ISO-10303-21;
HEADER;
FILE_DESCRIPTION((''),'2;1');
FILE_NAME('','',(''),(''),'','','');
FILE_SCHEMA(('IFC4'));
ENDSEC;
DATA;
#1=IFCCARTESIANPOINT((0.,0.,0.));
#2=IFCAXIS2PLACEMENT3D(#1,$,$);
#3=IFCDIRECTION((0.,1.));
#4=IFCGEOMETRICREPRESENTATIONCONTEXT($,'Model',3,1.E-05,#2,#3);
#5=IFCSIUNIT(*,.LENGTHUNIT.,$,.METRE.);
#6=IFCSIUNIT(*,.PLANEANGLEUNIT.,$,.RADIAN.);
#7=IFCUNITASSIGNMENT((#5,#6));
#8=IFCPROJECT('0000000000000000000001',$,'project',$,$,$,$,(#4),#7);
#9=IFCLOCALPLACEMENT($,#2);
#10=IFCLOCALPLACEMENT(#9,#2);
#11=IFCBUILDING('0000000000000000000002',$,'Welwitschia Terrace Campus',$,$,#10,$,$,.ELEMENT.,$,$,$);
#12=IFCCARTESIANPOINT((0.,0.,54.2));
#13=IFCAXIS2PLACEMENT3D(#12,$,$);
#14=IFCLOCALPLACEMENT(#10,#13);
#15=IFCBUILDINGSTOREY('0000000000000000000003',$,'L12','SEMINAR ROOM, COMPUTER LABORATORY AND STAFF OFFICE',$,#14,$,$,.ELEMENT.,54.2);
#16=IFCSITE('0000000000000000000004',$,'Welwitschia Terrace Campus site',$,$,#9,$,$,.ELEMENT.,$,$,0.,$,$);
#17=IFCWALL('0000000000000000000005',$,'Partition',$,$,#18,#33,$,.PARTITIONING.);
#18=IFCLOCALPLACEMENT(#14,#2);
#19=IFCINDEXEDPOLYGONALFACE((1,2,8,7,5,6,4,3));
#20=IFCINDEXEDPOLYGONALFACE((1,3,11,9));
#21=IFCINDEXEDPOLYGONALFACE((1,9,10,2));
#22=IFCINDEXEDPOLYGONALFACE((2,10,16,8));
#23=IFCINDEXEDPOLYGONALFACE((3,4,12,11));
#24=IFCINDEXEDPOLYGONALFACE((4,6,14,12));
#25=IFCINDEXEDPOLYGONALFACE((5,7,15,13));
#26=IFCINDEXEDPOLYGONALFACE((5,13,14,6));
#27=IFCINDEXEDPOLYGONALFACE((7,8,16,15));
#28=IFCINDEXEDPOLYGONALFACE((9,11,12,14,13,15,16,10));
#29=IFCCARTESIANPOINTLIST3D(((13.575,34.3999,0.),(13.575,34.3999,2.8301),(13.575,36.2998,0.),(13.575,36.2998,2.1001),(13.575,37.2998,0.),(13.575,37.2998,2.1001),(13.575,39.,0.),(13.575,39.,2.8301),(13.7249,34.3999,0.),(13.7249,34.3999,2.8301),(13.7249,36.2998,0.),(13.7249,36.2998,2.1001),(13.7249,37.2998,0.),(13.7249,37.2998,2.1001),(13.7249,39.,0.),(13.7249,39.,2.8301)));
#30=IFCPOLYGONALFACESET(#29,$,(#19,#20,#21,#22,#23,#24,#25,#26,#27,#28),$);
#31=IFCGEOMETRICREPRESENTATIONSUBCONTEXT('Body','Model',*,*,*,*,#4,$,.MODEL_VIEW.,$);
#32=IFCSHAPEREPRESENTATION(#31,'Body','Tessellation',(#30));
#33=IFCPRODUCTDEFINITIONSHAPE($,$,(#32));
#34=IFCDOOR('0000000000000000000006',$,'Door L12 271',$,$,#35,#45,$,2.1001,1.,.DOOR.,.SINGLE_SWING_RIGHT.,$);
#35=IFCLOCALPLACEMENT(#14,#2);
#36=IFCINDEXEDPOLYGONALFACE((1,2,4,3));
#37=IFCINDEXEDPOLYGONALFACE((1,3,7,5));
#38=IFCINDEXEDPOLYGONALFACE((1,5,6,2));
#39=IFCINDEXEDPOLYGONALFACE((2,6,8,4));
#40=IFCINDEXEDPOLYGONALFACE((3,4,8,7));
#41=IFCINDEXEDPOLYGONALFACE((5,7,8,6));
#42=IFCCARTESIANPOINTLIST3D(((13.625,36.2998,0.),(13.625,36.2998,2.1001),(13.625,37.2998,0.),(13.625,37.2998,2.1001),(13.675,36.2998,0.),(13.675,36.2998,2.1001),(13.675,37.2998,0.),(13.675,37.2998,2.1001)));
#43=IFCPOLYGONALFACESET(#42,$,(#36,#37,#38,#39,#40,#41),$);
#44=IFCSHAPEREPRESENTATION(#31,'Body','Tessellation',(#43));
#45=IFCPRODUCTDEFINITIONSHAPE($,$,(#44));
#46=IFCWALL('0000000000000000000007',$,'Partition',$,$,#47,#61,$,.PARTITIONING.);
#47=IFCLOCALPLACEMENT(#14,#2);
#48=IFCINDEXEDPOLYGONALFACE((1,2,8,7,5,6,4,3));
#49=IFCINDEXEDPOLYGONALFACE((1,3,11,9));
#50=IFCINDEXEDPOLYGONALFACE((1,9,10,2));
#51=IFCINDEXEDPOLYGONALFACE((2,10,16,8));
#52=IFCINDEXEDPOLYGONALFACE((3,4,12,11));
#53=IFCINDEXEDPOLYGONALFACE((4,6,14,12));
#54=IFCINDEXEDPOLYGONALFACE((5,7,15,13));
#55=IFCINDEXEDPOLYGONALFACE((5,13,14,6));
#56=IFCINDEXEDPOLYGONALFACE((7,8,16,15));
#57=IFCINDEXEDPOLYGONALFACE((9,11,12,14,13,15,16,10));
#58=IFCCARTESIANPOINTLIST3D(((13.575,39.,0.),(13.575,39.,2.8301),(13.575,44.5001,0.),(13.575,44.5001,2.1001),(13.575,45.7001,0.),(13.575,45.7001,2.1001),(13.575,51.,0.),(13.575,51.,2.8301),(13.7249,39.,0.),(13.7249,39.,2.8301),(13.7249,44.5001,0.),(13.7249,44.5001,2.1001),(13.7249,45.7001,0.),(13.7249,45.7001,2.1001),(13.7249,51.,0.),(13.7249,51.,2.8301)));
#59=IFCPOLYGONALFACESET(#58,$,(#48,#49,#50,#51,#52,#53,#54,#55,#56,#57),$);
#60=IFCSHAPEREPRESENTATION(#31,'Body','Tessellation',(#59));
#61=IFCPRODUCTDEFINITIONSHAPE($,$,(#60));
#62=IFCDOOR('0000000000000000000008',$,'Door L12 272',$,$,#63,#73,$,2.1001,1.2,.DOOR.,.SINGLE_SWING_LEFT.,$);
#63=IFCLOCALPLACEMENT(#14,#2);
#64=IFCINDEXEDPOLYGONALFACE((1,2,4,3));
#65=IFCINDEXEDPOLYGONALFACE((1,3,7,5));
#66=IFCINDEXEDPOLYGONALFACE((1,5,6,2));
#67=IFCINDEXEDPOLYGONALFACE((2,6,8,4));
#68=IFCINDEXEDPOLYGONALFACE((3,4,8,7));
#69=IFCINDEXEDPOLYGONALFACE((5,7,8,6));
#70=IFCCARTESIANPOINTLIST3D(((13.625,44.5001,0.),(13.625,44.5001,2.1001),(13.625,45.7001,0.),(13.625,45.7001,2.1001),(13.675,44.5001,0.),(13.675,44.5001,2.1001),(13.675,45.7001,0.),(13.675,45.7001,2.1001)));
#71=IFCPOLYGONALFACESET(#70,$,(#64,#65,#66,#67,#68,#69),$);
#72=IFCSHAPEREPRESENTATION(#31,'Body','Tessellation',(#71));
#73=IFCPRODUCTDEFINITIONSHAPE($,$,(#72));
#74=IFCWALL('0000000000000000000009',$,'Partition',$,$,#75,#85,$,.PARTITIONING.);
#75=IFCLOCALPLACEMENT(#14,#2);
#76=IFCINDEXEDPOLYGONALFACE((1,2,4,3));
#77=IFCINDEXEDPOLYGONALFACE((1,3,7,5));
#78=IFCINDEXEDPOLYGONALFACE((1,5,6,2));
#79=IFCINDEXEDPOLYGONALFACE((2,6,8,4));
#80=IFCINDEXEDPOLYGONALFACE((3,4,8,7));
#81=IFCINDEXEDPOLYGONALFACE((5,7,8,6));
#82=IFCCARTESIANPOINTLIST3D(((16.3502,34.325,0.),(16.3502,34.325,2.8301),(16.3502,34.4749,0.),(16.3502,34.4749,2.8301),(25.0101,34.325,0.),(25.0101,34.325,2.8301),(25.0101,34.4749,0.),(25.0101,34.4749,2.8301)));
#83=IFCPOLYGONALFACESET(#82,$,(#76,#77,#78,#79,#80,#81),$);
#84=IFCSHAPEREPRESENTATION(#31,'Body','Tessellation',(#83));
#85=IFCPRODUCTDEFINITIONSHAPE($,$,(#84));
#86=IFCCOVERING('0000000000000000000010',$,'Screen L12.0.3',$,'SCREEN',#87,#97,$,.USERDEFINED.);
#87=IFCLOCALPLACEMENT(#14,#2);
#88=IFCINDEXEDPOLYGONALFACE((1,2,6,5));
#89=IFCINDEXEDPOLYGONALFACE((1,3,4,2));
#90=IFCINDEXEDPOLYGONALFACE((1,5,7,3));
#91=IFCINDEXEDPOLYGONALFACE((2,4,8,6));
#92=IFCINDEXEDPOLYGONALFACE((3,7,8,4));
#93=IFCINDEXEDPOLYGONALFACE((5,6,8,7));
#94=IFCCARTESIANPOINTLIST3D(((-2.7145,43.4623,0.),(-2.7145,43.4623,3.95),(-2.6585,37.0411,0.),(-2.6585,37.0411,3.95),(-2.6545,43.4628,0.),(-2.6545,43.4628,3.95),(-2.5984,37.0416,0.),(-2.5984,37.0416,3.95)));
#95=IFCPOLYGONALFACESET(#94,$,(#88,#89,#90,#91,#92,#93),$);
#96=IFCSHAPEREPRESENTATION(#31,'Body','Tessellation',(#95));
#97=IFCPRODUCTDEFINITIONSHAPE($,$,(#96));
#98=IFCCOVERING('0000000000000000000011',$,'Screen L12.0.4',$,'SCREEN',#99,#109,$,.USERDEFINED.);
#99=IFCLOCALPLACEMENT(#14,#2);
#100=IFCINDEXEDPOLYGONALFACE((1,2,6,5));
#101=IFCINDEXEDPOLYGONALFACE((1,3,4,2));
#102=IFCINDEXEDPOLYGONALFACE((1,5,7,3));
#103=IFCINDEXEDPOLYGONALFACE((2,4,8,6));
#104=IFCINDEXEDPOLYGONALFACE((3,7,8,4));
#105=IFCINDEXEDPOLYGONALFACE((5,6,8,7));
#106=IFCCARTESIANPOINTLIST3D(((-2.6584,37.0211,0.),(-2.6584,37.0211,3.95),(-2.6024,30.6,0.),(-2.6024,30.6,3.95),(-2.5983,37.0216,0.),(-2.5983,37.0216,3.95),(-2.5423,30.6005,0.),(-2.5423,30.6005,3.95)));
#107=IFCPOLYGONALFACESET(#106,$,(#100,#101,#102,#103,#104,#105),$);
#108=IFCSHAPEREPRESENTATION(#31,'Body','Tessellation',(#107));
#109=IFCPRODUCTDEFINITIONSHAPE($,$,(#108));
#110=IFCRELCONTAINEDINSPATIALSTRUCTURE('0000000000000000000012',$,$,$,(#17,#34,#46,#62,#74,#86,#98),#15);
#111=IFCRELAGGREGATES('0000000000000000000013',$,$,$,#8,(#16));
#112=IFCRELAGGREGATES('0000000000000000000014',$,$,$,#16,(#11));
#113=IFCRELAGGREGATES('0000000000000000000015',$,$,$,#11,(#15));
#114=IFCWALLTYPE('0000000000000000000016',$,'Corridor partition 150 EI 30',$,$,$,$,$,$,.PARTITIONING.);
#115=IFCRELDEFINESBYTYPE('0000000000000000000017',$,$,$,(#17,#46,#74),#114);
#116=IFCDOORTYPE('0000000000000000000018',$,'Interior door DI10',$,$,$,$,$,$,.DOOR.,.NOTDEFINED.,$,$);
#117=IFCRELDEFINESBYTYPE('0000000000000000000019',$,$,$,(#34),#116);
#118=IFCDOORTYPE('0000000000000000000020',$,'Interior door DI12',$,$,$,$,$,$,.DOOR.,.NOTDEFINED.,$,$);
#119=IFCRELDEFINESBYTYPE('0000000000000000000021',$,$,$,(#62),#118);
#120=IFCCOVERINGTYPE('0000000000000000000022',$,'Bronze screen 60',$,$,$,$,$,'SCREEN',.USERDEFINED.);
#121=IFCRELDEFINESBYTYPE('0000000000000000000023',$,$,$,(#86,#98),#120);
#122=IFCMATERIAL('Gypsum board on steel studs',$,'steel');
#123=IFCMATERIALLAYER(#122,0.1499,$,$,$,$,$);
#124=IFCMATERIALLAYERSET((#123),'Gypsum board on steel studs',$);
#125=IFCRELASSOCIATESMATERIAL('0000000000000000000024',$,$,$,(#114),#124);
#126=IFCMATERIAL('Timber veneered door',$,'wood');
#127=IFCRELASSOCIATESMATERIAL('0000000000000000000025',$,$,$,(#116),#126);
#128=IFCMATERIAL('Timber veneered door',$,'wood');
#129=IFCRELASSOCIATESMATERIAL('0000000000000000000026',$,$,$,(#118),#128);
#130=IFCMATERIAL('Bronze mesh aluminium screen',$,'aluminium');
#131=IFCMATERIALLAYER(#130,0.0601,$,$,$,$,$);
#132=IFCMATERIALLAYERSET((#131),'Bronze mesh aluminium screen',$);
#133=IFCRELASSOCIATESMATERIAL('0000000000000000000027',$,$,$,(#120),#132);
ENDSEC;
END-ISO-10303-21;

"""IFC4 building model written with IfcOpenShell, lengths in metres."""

from ifc_helpers import new_model, si_unit, direction, frame, frame_2d, origin, origin_2d, place, context, subcontext, project, spatial, rectangle, extrude, material, layer, layer_set, type_object, element, fill, save


model = new_model("IFC4")

# Units and contexts
model_context = context("Model", 3, precision=1e-05, world=origin(), true_north=direction((0.0, 1.0)))
body_context = subcontext(model_context, "Body", "Model", "MODEL_VIEW")
ifc_project = project(units=[si_unit("LENGTHUNIT", "METRE"), si_unit("PLANEANGLEUNIT", "RADIAN")], contexts=[model_context])

# Site, building, storey
site_placement = place(None, origin())
site = spatial("IfcSite", under=ifc_project, at=site_placement, Name="Welwitschia Terrace Campus site", CompositionType="ELEMENT", RefElevation=0.0)
building_placement = place(site_placement, origin())
building = spatial("IfcBuilding", under=site, at=building_placement, Name="Welwitschia Terrace Campus", CompositionType="ELEMENT")
storey_placement = place(building_placement, frame((0.0, 0.0, 54.2)))
storey = spatial("IfcBuildingStorey", under=building, at=storey_placement, Name="L12", Description="SEMINAR ROOM, COMPUTER LABORATORY AND STAFF OFFICE", CompositionType="ELEMENT", Elevation=54.2)

# Shared definitions
ifc_material_1 = material(Name="Gypsum board on steel studs", Category="steel")
ifc_layer_1 = layer(ifc_material_1, 0.1499)
ifc_layer_set_1 = layer_set([ifc_layer_1], Name="Gypsum board on steel studs")
wall_type = type_object("IfcWallType", Name="Corridor partition 150 EI 30", PredefinedType="PARTITIONING", material=ifc_layer_set_1)

# Walls, openings, doors
wall_1_placement = place(storey_placement, frame((13.6499, 34.3999, 0.0), z_axis=(0.0, 0.0, 1.0), x_axis=(0.0, 1.0, 0.0)))
wall_1 = element("IfcWall", 1, at=wall_1_placement, inside=storey, type_object=wall_type, Name="Partition", PredefinedType="PARTITIONING", context=body_context, shape_type="SweptSolid", body=[
    extrude(rectangle(XDim=4.6001, YDim=0.1499, at=frame_2d((2.3, 0.0))), origin(), (0.0, 0.0, 1.0), 2.8301),
])
opening_1_placement = place(wall_1_placement, frame((1.8999, 0.0, 0.0)))
opening_1 = element("IfcOpeningElement", 2, at=opening_1_placement, cuts=wall_1, PredefinedType="OPENING", context=body_context, shape_type="SweptSolid", body=[
    extrude(rectangle(XDim=1.0, YDim=2.1001, at=frame_2d((0.5, 1.05))), frame((0.0, 0.085, 0.0), z_axis=(0.0, -1.0, 0.0), x_axis=(1.0, 0.0, 0.0)), (0.0, 0.0, 1.0), 0.1699),
])
ifc_material_2 = material(Name="Timber veneered door", Category="wood")
door_type_1 = type_object("IfcDoorType", Name="Interior door DI10", OperationType="NOTDEFINED", PredefinedType="DOOR", material=ifc_material_2)
door_1_placement = place(opening_1_placement, origin())
door_1 = element("IfcDoor", 3, at=door_1_placement, inside=storey, type_object=door_type_1, Name="Door L12 271", OperationType="SINGLE_SWING_RIGHT", OverallHeight=2.1001, OverallWidth=1.0, PredefinedType="DOOR", context=body_context, shape_type="SweptSolid", body=[
    extrude(rectangle(XDim=1.0, YDim=2.1001, at=frame_2d((0.5, 1.05))), frame((0.0, 0.0249, 0.0), z_axis=(0.0, -1.0, 0.0), x_axis=(1.0, 0.0, 0.0)), (0.0, 0.0, 1.0), 0.05),
])
fill(opening_1, door_1)
wall_2_placement = place(storey_placement, frame((13.6499, 39.0, 0.0), z_axis=(0.0, 0.0, 1.0), x_axis=(0.0, 1.0, 0.0)))
wall_2 = element("IfcWall", 4, at=wall_2_placement, inside=storey, type_object=wall_type, Name="Partition", PredefinedType="PARTITIONING", context=body_context, shape_type="SweptSolid", body=[
    extrude(rectangle(XDim=12.0, YDim=0.1499, at=frame_2d((6.0, 0.0))), origin(), (0.0, 0.0, 1.0), 2.8301),
])
opening_2_placement = place(wall_2_placement, frame((5.5, 0.0, 0.0)))
opening_2 = element("IfcOpeningElement", 5, at=opening_2_placement, cuts=wall_2, PredefinedType="OPENING", context=body_context, shape_type="SweptSolid", body=[
    extrude(rectangle(XDim=1.2, YDim=2.1001, at=frame_2d((0.6001, 1.05))), frame((0.0, 0.085, 0.0), z_axis=(0.0, -1.0, 0.0), x_axis=(1.0, 0.0, 0.0)), (0.0, 0.0, 1.0), 0.1699),
])
ifc_material_3 = material(Name="Timber veneered door", Category="wood")
door_type_2 = type_object("IfcDoorType", Name="Interior door DI12", OperationType="NOTDEFINED", PredefinedType="DOOR", material=ifc_material_3)
door_2_placement = place(opening_2_placement, origin())
door_2 = element("IfcDoor", 6, at=door_2_placement, inside=storey, type_object=door_type_2, Name="Door L12 272", OperationType="SINGLE_SWING_LEFT", OverallHeight=2.1001, OverallWidth=1.2, PredefinedType="DOOR", context=body_context, shape_type="SweptSolid", body=[
    extrude(rectangle(XDim=1.2, YDim=2.1001, at=frame_2d((0.6001, 1.05))), frame((0.0, 0.0249, 0.0), z_axis=(0.0, -1.0, 0.0), x_axis=(1.0, 0.0, 0.0)), (0.0, 0.0, 1.0), 0.05),
])
fill(opening_2, door_2)

# Wall
wall_3_placement = place(storey_placement, frame((16.3501, 34.3999, 0.0), z_axis=(0.0, 0.0, 1.0), x_axis=(1.0, 0.0, 0.0)))
element("IfcWall", 7, at=wall_3_placement, inside=storey, type_object=wall_type, Name="Partition", PredefinedType="PARTITIONING", context=body_context, shape_type="SweptSolid", body=[
    extrude(rectangle(XDim=8.6599, YDim=0.1499, at=frame_2d((4.3301, 0.0))), origin(), (0.0, 0.0, 1.0), 2.8301),
])

# Coverings
ifc_material_4 = material(Name="Bronze mesh aluminium screen", Category="aluminium")
ifc_layer_2 = layer(ifc_material_4, 0.0601)
ifc_layer_set_2 = layer_set([ifc_layer_2], Name="Bronze mesh aluminium screen")
covering_type = type_object("IfcCoveringType", Name="Bronze screen 60", ElementType="SCREEN", PredefinedType="USERDEFINED", material=ifc_layer_set_2)
for number, where, z_axis, x_axis, name in (
    (8, (-2.6565, 40.252, 0.0), (0.0, 0.0, 1.0), (0.008727, -0.999962, 0.0), "Screen L12.0.3"),
    (9, (-2.6003, 33.8108, 0.0), (0.0, 0.0, 1.0), (0.008727, -0.999962, 0.0), "Screen L12.0.4"),
):
    element("IfcCovering", number, at=place(storey_placement, frame(where, z_axis=z_axis, x_axis=x_axis)), inside=storey, type_object=covering_type, Name=name, ObjectType="SCREEN", PredefinedType="USERDEFINED", context=body_context, shape_type="SweptSolid", body=[
        extrude(rectangle(XDim=6.4214, YDim=0.0601, at=origin_2d()), origin(), (0.0, 0.0, 1.0), 3.95),
    ])

save(model, "model.ifc")
